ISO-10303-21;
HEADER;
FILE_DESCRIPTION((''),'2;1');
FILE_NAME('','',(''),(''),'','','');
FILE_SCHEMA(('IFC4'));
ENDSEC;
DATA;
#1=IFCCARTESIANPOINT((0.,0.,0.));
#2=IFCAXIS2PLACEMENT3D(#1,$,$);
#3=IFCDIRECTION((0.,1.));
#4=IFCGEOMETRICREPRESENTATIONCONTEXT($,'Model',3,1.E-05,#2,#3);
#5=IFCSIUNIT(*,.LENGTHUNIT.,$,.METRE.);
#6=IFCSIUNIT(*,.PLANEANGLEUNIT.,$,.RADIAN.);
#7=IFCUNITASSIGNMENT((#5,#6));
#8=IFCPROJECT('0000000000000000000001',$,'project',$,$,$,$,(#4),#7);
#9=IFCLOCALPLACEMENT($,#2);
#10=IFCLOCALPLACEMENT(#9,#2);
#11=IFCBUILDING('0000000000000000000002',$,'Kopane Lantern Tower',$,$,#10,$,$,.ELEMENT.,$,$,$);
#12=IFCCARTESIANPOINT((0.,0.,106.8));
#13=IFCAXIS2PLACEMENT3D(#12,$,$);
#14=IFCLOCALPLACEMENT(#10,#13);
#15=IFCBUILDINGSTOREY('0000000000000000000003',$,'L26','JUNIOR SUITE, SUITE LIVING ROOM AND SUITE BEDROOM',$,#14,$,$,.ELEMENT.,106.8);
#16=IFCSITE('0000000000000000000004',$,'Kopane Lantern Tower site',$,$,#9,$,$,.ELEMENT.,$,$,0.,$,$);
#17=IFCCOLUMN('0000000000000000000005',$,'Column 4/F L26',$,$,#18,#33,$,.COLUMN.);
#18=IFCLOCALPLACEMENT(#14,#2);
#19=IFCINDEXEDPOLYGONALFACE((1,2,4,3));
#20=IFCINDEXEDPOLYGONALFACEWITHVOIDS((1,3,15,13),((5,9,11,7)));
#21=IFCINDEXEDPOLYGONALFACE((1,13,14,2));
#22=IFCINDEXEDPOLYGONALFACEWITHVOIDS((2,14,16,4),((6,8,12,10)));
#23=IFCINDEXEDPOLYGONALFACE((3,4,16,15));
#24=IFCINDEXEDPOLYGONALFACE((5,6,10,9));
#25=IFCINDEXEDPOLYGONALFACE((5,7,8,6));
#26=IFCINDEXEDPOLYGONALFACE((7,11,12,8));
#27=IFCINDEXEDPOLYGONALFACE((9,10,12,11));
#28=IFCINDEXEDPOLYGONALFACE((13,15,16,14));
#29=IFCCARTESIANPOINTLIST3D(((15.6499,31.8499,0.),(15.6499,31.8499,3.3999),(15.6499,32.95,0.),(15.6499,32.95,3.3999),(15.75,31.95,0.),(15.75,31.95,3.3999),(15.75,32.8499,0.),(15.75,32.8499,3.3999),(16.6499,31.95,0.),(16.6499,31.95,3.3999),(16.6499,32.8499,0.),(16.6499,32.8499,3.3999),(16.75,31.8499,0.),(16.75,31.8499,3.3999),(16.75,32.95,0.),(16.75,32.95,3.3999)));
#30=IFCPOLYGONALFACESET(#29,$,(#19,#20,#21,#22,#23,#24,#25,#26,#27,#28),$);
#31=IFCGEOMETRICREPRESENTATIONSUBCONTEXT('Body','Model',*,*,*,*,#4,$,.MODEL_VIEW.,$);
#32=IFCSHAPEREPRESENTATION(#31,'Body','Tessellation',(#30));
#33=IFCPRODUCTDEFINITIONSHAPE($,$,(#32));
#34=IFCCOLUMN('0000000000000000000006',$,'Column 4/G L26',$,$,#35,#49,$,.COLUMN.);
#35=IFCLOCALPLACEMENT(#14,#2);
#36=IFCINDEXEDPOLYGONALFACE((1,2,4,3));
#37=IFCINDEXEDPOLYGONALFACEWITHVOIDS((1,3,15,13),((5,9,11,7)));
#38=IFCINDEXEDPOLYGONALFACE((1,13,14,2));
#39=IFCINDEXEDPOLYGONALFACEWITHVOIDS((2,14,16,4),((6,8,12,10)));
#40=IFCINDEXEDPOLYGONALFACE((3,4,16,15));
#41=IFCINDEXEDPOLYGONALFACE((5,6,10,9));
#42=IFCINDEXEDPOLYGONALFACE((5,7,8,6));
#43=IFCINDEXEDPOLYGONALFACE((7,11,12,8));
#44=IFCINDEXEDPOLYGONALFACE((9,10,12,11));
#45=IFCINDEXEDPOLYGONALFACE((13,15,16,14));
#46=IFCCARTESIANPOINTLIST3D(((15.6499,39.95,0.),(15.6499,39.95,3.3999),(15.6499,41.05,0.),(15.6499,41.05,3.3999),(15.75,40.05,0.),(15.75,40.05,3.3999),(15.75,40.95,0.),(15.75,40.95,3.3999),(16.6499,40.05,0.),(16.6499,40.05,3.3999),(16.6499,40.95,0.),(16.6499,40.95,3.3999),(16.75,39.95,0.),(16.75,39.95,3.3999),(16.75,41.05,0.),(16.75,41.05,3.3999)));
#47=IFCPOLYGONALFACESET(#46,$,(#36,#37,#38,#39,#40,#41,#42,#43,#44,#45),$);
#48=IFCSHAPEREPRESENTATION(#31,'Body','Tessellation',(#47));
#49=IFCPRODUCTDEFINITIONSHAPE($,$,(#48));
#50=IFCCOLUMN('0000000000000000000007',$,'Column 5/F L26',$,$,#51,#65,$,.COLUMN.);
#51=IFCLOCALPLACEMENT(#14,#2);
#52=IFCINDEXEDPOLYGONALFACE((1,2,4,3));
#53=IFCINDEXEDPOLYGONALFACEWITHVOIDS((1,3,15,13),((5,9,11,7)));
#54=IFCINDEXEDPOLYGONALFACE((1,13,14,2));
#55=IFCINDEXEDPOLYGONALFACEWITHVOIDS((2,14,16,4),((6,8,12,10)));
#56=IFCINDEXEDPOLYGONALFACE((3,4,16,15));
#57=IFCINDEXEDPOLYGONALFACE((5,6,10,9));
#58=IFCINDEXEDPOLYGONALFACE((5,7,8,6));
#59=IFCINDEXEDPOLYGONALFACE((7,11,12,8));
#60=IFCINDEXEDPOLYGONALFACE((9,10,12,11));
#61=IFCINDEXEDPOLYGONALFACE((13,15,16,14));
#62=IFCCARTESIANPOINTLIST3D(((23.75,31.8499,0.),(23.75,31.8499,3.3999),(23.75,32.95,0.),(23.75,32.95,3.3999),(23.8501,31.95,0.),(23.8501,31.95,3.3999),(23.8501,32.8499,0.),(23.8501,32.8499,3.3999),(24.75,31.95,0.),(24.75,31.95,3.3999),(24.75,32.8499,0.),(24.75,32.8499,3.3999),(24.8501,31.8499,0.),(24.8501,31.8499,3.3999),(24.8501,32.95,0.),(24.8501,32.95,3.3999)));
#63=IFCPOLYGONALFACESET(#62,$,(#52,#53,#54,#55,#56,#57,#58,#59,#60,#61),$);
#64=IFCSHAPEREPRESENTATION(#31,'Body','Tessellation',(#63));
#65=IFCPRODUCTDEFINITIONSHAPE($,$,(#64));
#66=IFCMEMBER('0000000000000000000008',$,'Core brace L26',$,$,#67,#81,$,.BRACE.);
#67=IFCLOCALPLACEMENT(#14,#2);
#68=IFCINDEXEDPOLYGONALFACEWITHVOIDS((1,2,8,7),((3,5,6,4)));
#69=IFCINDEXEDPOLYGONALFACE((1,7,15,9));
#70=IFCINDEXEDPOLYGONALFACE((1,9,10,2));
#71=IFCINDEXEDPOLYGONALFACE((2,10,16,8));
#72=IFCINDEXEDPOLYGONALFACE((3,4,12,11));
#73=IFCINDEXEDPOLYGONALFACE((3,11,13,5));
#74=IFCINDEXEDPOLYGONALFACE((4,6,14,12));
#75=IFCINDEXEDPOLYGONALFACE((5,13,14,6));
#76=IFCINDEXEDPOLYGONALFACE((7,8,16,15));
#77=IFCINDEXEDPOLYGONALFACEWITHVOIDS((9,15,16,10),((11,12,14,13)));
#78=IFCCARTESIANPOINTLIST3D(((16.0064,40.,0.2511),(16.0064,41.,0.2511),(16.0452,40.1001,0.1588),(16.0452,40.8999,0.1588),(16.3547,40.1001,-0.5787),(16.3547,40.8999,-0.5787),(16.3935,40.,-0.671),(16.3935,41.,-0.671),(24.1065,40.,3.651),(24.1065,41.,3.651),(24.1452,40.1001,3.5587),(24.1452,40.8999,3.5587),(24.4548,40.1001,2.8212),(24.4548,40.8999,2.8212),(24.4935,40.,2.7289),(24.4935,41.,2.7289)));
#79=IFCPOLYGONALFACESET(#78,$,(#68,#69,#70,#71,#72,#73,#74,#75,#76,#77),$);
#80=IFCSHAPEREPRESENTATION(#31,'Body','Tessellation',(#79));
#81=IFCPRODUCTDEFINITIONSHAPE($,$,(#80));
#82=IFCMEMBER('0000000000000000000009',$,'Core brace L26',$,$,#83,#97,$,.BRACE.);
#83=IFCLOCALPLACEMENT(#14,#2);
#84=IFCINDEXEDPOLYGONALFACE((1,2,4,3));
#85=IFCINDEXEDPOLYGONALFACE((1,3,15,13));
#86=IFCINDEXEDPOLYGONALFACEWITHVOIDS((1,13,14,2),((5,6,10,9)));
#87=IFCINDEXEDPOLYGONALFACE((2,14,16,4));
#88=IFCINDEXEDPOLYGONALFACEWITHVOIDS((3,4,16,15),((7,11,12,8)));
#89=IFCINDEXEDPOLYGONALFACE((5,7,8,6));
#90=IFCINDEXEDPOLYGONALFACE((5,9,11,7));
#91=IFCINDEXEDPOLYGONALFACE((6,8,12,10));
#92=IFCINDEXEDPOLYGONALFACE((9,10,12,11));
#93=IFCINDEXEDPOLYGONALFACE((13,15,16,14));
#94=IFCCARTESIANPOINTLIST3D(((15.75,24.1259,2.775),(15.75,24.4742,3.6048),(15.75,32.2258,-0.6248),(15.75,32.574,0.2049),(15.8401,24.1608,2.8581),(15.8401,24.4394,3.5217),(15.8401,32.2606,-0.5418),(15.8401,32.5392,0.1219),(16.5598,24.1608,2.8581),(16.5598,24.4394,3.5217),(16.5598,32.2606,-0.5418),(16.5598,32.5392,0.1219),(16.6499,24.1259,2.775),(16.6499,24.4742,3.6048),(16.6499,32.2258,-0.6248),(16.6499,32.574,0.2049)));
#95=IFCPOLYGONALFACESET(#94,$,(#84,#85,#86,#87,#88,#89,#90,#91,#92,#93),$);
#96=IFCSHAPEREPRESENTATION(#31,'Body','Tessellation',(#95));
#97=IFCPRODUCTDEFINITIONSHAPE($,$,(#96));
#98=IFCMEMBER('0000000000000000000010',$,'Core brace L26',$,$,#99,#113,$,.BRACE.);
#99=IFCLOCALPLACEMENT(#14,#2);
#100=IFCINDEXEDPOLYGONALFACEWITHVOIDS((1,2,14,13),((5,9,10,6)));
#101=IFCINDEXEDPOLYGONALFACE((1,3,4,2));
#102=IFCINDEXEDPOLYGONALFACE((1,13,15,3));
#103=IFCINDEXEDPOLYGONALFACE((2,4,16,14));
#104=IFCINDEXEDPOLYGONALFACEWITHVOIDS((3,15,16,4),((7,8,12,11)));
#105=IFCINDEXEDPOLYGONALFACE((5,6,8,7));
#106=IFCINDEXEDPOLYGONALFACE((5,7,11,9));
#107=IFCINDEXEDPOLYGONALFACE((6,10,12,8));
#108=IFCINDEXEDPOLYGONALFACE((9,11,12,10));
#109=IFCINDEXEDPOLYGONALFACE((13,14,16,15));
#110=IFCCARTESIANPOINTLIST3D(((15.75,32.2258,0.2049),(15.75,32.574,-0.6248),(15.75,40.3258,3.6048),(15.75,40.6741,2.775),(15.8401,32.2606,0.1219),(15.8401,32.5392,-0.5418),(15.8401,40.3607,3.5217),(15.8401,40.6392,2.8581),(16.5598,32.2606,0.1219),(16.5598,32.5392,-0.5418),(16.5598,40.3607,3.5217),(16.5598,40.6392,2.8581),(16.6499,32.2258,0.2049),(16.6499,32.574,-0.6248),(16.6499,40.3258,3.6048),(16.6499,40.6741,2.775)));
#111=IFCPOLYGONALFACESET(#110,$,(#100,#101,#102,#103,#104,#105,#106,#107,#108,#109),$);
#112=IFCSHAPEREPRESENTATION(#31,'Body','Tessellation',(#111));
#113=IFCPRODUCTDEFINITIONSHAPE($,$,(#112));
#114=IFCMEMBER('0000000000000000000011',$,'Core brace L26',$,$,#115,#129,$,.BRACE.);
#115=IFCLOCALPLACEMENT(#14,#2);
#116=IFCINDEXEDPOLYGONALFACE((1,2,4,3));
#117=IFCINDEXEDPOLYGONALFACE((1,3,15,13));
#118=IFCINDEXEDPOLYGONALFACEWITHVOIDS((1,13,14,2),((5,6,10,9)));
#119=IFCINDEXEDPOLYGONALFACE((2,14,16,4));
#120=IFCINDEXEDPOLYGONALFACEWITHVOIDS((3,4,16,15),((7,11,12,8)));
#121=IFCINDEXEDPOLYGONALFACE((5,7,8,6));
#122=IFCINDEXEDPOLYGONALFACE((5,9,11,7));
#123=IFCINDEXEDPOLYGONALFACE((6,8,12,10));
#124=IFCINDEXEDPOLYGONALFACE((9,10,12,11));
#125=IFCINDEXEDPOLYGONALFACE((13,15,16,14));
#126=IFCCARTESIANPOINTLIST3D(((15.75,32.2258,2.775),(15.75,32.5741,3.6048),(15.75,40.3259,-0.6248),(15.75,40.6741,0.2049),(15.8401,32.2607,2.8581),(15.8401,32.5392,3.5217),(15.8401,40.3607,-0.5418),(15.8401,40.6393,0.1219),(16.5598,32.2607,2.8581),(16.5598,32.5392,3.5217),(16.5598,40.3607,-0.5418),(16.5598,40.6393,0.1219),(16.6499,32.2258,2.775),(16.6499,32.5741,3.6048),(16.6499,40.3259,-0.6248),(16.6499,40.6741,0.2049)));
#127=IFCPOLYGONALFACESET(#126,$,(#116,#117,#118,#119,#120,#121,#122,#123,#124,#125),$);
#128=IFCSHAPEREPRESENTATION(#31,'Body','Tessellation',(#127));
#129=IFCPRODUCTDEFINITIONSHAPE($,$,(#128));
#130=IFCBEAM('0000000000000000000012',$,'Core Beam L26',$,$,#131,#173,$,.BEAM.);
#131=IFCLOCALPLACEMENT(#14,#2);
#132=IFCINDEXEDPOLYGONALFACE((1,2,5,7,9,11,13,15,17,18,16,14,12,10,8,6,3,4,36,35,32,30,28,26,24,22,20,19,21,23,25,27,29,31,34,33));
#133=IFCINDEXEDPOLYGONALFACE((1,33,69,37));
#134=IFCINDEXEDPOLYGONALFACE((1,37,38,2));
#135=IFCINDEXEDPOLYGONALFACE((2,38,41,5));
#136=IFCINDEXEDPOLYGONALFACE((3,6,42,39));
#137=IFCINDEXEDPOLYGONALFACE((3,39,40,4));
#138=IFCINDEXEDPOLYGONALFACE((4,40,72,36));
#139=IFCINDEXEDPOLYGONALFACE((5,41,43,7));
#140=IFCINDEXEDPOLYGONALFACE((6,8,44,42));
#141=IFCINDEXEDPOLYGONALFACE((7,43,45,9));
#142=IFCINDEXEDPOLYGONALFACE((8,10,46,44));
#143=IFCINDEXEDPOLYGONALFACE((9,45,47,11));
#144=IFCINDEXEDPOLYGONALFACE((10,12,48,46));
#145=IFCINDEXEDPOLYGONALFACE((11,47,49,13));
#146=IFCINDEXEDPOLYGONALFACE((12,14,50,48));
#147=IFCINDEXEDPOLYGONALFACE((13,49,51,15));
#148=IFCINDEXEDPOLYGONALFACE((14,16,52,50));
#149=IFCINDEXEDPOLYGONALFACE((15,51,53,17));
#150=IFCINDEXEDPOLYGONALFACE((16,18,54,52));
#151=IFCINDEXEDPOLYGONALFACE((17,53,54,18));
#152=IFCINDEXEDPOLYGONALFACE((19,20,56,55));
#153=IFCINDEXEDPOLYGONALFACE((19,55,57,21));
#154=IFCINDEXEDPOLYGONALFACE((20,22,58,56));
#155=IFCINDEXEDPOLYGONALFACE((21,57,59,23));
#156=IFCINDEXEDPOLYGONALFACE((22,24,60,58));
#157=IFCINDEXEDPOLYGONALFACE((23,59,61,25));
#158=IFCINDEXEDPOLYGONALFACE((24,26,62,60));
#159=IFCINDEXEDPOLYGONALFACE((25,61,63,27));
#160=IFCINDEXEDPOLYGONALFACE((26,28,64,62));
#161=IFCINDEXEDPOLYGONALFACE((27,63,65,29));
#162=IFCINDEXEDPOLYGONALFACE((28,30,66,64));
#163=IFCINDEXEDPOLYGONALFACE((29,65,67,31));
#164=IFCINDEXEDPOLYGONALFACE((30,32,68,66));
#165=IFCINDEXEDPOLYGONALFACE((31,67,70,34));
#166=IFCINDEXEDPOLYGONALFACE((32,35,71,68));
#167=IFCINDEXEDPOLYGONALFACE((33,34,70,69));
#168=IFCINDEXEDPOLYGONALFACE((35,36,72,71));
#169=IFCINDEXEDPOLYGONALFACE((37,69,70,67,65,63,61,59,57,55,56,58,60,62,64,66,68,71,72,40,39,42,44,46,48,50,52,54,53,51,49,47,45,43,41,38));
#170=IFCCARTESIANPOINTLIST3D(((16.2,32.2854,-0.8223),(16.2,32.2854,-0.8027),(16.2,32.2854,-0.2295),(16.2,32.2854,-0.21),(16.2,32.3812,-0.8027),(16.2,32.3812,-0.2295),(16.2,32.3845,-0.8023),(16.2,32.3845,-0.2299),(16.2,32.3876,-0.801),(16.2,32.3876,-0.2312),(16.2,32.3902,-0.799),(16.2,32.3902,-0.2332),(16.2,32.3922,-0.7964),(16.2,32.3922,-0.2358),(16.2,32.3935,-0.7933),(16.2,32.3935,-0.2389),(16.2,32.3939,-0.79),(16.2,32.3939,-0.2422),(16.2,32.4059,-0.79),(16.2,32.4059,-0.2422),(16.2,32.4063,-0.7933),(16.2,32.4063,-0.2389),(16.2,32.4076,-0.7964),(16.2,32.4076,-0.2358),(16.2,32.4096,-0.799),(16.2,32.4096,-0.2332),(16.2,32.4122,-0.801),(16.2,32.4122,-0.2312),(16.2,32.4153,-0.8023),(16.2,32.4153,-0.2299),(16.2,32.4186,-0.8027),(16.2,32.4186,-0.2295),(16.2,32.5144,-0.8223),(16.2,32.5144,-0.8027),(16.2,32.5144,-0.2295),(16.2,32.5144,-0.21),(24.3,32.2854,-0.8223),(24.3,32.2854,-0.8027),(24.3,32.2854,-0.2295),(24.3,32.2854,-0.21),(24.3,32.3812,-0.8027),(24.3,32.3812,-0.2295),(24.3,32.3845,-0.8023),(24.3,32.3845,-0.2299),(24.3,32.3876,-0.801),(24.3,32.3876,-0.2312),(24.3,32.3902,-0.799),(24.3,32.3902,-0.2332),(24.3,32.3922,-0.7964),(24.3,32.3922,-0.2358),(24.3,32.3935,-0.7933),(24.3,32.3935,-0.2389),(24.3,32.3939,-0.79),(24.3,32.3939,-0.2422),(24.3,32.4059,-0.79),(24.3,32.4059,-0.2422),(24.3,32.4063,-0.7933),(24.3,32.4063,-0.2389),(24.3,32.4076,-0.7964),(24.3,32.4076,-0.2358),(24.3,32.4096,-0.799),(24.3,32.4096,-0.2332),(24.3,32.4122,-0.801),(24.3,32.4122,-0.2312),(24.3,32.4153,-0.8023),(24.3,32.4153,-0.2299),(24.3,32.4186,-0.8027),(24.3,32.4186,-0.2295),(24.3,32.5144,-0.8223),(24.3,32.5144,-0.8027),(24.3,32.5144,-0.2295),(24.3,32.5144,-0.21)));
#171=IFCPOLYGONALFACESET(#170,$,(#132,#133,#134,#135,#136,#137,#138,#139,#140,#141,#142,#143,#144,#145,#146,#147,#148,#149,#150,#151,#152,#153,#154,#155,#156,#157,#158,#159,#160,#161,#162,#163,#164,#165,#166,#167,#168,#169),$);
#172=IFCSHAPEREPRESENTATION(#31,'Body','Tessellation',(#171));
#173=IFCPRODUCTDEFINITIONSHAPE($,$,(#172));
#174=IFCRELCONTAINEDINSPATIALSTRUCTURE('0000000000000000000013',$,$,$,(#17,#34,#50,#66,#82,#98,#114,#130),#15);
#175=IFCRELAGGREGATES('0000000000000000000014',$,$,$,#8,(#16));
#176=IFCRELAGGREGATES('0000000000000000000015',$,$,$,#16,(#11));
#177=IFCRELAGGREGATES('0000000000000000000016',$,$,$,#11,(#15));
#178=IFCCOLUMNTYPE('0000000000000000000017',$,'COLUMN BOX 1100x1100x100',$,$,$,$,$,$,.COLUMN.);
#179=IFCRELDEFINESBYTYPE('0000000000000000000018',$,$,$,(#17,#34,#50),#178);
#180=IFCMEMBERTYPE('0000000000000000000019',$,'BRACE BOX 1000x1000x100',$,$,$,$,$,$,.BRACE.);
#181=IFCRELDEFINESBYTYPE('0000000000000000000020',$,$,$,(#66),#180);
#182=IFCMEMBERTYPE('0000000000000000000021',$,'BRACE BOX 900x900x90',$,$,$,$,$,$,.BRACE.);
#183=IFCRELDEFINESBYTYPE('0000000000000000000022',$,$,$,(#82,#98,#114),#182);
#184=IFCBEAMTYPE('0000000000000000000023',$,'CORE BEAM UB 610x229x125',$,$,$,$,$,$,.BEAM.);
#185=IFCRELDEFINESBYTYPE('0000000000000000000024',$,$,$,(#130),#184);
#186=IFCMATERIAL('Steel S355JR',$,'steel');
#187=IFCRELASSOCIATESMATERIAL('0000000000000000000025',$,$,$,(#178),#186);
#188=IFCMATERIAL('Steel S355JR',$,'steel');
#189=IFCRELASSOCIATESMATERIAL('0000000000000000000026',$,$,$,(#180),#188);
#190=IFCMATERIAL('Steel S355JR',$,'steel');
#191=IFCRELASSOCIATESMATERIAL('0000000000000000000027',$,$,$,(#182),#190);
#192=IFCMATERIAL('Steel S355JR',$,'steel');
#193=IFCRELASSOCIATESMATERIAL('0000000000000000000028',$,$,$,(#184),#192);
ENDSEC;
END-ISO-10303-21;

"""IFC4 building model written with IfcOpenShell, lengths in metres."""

from ifc_helpers import new_model, si_unit, direction, frame, origin, origin_2d, place, context, subcontext, project, spatial, hollow_rectangle, i_section, extrude, material, material_profile, profile_set, type_object, element, save


model = new_model("IFC4")

# Units and contexts
model_context = context("Model", 3, precision=1e-05, world=origin(), true_north=direction((0.0, 1.0)))
body_context = subcontext(model_context, "Body", "Model", "MODEL_VIEW")
ifc_project = project(units=[si_unit("LENGTHUNIT", "METRE"), si_unit("PLANEANGLEUNIT", "RADIAN")], contexts=[model_context])

# Site, building, storey
site_placement = place(None, origin())
site = spatial("IfcSite", under=ifc_project, at=site_placement, Name="Kopane Lantern Tower site", CompositionType="ELEMENT", RefElevation=0.0)
building_placement = place(site_placement, origin())
building = spatial("IfcBuilding", under=site, at=building_placement, Name="Kopane Lantern Tower", CompositionType="ELEMENT")
storey_placement = place(building_placement, frame((0.0, 0.0, 106.8)))
storey = spatial("IfcBuildingStorey", under=building, at=storey_placement, Name="L26", Description="JUNIOR SUITE, SUITE LIVING ROOM AND SUITE BEDROOM", CompositionType="ELEMENT", Elevation=106.8)

# Columns
ifc_material_1 = material(Name="Steel S355JR", Category="steel")
ifc_material_profile_1 = material_profile(ifc_material_1, hollow_rectangle(XDim=1.1001, YDim=1.1001, WallThickness=0.1001, at=origin_2d()), Name="BOX 1100x1100x100")
ifc_profile_set_1 = profile_set([ifc_material_profile_1], Name="Steel S355JR")
column_type = type_object("IfcColumnType", Name="COLUMN BOX 1100x1100x100", PredefinedType="COLUMN", material=ifc_profile_set_1)
for number, where, z_axis, x_axis, name in (
    (1, (16.2, 32.3999, 0.0), (0.0, 0.0, 1.0), (1.0, 0.0, 0.0), "Column 4/F L26"),
    (2, (16.2, 40.5, 0.0), (0.0, 0.0, 1.0), (1.0, 0.0, 0.0), "Column 4/G L26"),
    (3, (24.3, 32.3999, 0.0), (0.0, 0.0, 1.0), (1.0, 0.0, 0.0), "Column 5/F L26"),
):
    element("IfcColumn", number, at=place(storey_placement, frame(where, z_axis=z_axis, x_axis=x_axis)), inside=storey, type_object=column_type, Name=name, PredefinedType="COLUMN", context=body_context, shape_type="SweptSolid", body=[
        extrude(hollow_rectangle(XDim=1.1001, YDim=1.1001, WallThickness=0.1001, at=origin_2d()), origin(), (0.0, 0.0, 1.0), 3.3999),
    ])

# Members
ifc_material_2 = material(Name="Steel S355JR", Category="steel")
ifc_material_profile_2 = material_profile(ifc_material_2, hollow_rectangle(XDim=1.0, YDim=1.0, WallThickness=0.1001, at=origin_2d()), Name="BOX 1000x1000x100")
ifc_profile_set_2 = profile_set([ifc_material_profile_2], Name="Steel S355JR")
member_type_1 = type_object("IfcMemberType", Name="BRACE BOX 1000x1000x100", PredefinedType="BRACE", material=ifc_profile_set_2)
member_1_placement = place(storey_placement, frame((16.2, 40.5, -0.21), z_axis=(0.922069, 0.0, 0.387026), x_axis=(0.0, 1.0, 0.0)))
element("IfcMember", 4, at=member_1_placement, inside=storey, type_object=member_type_1, Name="Core brace L26", PredefinedType="BRACE", context=body_context, shape_type="SweptSolid", body=[
    extrude(hollow_rectangle(XDim=1.0, YDim=1.0, WallThickness=0.1001, at=origin_2d()), origin(), (0.0, 0.0, 1.0), 8.7847),
])
ifc_material_3 = material(Name="Steel S355JR", Category="steel")
ifc_material_profile_3 = material_profile(ifc_material_3, hollow_rectangle(XDim=0.8999, YDim=0.8999, WallThickness=0.0901, at=origin_2d()), Name="BOX 900x900x90")
ifc_profile_set_3 = profile_set([ifc_material_profile_3], Name="Steel S355JR")
member_type_2 = type_object("IfcMemberType", Name="BRACE BOX 900x900x90", PredefinedType="BRACE", material=ifc_profile_set_3)
member_2_placement = place(storey_placement, frame((16.2, 32.3999, -0.21), z_axis=(0.0, -0.922065, 0.387035), x_axis=(1.0, 0.0, 0.0)))
element("IfcMember", 5, at=member_2_placement, inside=storey, type_object=member_type_2, Name="Core brace L26", PredefinedType="BRACE", context=body_context, shape_type="SweptSolid", body=[
    extrude(hollow_rectangle(XDim=0.8999, YDim=0.8999, WallThickness=0.0901, at=origin_2d()), origin(), (0.0, 0.0, 1.0), 8.7844),
])
for number, where, z_axis, x_axis, name in (
    (6, (16.2, 32.3999, -0.21), (0.0, 0.922069, 0.387026), (-1.0, 0.0, 0.0), "Core brace L26"),
    (7, (16.2, 40.5, -0.21), (0.0, -0.922069, 0.387026), (1.0, 0.0, 0.0), "Core brace L26"),
):
    element("IfcMember", number, at=place(storey_placement, frame(where, z_axis=z_axis, x_axis=x_axis)), inside=storey, type_object=member_type_2, Name=name, PredefinedType="BRACE", context=body_context, shape_type="SweptSolid", body=[
        extrude(hollow_rectangle(XDim=0.8999, YDim=0.8999, WallThickness=0.0901, at=origin_2d()), origin(), (0.0, 0.0, 1.0), 8.7847),
    ])

# Beam
ifc_material_4 = material(Name="Steel S355JR", Category="steel")
ifc_material_profile_4 = material_profile(ifc_material_4, i_section(OverallWidth=0.229, OverallDepth=0.6123, WebThickness=0.012, FlangeThickness=0.0195, FilletRadius=0.0127, at=origin_2d()), Name="UB 610x229x125")
ifc_profile_set_4 = profile_set([ifc_material_profile_4], Name="Steel S355JR")
beam_type_1 = type_object("IfcBeamType", Name="CORE BEAM UB 610x229x125", PredefinedType="BEAM", material=ifc_profile_set_4)
for number, where, z_axis, x_axis, name in (
    (8, (16.2, 32.3999, -0.5161), (1.0, 0.0, 0.0), (0.0, 1.0, 0.0), "Core Beam L26"),
):
    element("IfcBeam", number, at=place(storey_placement, frame(where, z_axis=z_axis, x_axis=x_axis)), inside=storey, type_object=beam_type_1, Name=name, PredefinedType="BEAM", context=body_context, shape_type="SweptSolid", body=[
        extrude(i_section(OverallWidth=0.229, OverallDepth=0.6123, WebThickness=0.012, FlangeThickness=0.0195, FilletRadius=0.0127, at=origin_2d()), origin(), (0.0, 0.0, 1.0), 8.1001),
    ])

save(model, "model.ifc")
